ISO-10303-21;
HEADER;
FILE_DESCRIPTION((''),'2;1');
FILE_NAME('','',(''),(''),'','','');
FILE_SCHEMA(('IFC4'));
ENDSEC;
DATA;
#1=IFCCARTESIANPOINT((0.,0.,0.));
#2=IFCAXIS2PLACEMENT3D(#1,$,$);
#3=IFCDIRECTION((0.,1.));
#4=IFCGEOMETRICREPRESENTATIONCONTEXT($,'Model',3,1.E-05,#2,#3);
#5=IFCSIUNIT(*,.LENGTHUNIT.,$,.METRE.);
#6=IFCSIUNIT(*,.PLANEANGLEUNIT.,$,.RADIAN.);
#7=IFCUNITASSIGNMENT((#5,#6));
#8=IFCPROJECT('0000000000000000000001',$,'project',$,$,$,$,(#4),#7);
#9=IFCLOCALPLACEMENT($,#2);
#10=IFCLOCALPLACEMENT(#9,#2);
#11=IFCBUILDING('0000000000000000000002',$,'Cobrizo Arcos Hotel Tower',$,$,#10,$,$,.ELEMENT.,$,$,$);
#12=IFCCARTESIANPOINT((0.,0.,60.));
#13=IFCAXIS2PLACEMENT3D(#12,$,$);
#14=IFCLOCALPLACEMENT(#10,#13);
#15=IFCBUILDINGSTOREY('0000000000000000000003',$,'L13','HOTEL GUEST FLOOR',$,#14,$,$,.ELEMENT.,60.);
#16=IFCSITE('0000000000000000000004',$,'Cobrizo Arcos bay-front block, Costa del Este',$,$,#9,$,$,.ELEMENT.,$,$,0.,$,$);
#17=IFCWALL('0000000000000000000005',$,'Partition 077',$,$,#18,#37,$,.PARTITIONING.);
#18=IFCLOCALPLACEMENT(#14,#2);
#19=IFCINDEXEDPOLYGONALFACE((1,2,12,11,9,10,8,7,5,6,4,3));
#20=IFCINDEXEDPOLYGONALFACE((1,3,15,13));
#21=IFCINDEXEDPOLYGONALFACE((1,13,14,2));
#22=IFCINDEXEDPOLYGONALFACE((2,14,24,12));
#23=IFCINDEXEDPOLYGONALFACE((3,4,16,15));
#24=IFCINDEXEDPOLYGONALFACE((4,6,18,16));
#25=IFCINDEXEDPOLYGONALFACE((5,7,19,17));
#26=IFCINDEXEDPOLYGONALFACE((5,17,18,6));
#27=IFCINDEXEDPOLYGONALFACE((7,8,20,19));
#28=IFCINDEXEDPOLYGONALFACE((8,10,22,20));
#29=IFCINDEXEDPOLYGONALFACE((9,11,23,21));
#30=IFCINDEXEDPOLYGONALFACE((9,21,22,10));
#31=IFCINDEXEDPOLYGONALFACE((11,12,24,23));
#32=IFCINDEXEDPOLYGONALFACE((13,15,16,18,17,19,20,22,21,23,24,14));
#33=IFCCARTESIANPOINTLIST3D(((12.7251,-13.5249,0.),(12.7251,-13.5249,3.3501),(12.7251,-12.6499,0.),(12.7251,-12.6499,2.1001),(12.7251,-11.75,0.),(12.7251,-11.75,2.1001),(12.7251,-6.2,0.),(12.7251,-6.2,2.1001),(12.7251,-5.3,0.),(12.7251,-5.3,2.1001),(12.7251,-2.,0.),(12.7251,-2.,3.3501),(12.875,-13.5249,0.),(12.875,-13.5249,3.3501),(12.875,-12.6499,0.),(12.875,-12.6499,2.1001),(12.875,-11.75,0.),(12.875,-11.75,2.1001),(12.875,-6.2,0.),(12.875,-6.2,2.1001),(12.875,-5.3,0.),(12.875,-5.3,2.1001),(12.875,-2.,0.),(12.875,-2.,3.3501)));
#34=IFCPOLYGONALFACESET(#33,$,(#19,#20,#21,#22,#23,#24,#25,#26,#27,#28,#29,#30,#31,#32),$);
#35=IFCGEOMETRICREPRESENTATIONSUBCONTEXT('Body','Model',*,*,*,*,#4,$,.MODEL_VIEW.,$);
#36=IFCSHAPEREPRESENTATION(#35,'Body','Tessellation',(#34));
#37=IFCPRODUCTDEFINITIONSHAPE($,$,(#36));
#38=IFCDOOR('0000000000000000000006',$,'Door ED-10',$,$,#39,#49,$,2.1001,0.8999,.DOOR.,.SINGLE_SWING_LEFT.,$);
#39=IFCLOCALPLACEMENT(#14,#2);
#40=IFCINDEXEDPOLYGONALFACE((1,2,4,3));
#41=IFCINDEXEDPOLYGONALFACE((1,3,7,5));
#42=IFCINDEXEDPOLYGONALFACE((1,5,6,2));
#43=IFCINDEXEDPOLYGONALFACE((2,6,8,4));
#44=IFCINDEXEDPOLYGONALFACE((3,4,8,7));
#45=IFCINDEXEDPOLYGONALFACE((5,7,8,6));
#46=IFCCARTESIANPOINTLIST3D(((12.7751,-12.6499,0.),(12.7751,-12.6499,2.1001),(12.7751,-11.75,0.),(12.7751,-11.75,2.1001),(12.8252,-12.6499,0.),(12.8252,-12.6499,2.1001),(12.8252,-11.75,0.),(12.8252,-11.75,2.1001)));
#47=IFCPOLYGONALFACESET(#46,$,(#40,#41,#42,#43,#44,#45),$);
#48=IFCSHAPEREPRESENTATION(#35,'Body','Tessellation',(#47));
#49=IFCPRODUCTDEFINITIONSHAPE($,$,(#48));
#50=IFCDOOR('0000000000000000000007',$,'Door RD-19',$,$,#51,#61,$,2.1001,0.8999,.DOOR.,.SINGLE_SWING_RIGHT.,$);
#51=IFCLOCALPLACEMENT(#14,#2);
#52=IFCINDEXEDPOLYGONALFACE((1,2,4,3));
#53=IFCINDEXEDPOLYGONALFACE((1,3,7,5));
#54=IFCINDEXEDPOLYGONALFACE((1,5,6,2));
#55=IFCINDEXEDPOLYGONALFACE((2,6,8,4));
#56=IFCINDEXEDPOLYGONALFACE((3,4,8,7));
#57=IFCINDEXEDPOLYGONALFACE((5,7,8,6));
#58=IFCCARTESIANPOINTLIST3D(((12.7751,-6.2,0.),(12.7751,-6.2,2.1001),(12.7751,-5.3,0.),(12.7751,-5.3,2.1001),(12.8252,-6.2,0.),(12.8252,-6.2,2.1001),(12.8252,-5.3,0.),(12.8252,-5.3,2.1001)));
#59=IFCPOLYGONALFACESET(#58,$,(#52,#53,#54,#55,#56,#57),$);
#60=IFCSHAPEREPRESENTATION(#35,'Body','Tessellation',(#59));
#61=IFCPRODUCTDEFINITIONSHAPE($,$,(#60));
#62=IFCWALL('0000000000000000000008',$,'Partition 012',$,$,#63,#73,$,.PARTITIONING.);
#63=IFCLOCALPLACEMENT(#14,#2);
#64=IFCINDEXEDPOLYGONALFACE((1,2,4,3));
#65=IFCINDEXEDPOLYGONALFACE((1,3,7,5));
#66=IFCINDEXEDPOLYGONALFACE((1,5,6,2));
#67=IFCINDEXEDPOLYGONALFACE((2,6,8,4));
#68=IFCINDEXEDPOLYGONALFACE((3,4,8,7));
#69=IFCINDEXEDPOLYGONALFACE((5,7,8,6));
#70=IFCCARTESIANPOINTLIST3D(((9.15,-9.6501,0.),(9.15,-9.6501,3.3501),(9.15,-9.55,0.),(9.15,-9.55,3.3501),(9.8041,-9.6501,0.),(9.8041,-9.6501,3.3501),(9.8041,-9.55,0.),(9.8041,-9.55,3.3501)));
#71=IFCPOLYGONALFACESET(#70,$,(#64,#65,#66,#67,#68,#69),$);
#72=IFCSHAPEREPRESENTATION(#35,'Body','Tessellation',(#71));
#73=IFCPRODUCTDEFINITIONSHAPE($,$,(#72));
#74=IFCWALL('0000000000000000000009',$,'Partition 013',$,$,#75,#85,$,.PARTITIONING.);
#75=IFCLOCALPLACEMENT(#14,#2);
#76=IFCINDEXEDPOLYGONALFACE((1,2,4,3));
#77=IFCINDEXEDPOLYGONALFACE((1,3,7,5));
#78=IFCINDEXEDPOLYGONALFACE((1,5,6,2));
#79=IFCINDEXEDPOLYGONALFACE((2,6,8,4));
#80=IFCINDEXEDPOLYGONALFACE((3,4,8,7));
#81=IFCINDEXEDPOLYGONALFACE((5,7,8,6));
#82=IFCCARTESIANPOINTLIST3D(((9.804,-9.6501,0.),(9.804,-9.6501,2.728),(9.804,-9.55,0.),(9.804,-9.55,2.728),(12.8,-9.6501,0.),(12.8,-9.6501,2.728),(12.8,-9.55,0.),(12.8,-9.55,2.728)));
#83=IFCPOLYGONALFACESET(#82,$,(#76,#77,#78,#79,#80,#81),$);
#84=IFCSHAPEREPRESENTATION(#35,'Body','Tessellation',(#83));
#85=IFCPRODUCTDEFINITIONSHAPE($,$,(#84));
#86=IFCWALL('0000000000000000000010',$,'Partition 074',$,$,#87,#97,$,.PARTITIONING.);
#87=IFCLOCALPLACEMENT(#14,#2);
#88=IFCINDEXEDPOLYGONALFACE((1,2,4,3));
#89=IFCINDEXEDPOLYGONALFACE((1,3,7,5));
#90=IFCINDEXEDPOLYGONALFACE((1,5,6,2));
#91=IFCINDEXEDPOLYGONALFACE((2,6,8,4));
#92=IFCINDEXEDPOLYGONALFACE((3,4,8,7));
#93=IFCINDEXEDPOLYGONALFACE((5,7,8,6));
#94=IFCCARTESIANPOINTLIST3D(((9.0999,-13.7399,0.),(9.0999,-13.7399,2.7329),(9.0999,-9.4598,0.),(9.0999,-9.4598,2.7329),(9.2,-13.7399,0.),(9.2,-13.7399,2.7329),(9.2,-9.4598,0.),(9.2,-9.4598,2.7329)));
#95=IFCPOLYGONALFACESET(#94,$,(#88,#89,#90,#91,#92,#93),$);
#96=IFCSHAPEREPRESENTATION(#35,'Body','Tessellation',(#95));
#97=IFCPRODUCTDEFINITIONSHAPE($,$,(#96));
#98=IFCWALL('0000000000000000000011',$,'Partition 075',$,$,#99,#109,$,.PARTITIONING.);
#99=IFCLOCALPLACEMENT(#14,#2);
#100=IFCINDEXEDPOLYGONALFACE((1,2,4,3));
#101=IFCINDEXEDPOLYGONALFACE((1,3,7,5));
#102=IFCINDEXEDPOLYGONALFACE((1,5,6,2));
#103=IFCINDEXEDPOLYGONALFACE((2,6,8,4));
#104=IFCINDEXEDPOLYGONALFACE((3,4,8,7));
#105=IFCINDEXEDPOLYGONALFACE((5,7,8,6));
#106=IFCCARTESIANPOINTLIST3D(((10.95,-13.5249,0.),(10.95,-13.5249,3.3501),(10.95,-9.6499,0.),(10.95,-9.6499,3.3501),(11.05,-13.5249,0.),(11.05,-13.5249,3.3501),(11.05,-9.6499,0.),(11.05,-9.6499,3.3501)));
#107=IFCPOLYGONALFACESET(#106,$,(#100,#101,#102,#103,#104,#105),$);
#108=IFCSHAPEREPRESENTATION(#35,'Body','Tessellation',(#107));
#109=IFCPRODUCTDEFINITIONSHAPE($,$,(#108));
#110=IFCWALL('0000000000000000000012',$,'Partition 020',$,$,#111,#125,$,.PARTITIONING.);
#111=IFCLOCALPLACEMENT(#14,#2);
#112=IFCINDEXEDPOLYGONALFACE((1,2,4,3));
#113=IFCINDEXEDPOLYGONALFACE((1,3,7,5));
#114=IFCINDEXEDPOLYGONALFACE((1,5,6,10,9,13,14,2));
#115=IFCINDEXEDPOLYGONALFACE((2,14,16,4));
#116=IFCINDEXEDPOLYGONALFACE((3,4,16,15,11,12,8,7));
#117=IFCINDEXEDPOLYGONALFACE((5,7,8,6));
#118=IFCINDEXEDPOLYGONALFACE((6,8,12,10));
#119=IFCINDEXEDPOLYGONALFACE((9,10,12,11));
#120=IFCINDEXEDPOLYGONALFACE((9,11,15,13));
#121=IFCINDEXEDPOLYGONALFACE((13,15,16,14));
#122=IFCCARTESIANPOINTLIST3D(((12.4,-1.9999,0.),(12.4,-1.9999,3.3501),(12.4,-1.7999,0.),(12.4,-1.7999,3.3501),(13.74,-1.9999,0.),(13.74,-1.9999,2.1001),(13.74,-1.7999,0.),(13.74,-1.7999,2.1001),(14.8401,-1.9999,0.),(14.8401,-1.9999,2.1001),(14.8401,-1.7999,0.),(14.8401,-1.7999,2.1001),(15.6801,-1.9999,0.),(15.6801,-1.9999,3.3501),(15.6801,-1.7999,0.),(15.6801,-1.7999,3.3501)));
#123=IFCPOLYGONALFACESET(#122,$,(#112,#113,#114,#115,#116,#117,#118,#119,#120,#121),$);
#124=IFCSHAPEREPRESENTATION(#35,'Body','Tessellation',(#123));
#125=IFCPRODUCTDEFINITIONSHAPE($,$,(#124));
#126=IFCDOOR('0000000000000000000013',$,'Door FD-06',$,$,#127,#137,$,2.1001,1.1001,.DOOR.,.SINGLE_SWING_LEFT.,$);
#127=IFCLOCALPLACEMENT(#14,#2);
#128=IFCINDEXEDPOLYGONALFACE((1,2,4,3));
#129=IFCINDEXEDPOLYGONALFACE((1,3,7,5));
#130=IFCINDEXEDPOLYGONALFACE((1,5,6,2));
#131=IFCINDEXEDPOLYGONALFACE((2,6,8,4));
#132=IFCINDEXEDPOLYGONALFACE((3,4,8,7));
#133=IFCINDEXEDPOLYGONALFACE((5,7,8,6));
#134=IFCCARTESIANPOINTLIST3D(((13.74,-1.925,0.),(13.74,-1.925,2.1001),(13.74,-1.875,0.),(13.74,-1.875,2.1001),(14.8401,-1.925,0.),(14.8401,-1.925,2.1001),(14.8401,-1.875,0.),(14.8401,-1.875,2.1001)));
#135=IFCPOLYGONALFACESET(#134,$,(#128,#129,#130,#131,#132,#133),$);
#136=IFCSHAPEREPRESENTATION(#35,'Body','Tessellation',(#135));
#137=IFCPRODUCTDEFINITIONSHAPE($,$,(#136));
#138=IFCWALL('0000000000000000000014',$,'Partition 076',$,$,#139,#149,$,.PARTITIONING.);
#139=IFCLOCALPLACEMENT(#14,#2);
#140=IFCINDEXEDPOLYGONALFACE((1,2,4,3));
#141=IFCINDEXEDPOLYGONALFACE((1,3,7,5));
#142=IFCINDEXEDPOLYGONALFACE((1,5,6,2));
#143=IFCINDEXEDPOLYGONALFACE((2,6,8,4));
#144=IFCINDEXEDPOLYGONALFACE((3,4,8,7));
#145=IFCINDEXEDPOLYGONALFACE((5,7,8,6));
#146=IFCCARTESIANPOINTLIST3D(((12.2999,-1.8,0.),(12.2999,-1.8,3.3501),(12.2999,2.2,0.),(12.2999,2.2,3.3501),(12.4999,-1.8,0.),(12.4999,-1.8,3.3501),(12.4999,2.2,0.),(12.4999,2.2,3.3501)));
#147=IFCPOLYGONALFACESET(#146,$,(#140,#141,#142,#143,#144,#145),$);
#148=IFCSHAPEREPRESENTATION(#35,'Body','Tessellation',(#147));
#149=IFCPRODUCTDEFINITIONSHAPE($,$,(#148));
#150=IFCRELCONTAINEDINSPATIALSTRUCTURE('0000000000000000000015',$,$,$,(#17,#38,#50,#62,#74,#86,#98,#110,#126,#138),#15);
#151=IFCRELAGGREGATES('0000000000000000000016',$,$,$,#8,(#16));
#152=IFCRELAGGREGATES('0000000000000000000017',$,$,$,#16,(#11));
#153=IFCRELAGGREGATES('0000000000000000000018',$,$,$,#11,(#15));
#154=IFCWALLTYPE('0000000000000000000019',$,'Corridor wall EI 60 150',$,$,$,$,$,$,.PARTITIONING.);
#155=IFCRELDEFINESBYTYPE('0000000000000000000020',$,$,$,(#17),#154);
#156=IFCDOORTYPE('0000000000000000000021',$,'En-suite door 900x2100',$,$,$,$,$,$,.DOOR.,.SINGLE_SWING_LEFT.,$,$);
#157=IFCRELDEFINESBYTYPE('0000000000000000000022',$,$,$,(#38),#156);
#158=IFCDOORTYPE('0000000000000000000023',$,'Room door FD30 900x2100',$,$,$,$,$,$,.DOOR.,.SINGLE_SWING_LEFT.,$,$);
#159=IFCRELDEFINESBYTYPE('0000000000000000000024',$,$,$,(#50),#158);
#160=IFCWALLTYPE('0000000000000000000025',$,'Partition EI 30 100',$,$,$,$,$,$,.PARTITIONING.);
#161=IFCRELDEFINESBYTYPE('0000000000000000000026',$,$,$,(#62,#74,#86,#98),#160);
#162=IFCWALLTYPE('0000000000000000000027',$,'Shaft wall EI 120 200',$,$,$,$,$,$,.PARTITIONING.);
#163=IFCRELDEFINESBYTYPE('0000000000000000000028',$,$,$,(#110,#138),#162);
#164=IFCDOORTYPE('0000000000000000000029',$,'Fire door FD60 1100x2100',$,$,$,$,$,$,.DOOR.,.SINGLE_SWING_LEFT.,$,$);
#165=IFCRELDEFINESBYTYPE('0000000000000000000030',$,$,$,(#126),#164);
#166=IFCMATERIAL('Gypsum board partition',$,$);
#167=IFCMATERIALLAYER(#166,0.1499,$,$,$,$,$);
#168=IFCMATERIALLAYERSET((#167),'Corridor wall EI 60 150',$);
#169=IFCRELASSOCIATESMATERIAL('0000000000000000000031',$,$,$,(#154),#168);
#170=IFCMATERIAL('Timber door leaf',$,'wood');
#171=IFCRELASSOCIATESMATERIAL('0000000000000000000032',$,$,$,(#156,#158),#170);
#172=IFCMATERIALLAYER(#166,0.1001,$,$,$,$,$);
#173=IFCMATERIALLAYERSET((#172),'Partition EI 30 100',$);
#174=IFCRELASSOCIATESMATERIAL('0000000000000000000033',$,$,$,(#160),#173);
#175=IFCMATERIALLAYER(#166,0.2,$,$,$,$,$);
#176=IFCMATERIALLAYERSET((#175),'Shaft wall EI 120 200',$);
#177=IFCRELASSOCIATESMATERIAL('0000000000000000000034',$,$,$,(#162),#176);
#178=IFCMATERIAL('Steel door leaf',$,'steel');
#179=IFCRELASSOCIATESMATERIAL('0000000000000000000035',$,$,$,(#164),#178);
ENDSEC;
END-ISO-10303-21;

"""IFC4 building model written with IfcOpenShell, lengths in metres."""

from ifc_helpers import new_model, si_unit, direction, frame, frame_2d, origin, place, context, subcontext, project, spatial, rectangle, extrude, material, layer, layer_set, type_object, element, fill, save


model = new_model("IFC4")

# Units and contexts
model_context = context("Model", 3, precision=1e-05, world=origin(), true_north=direction((0.0, 1.0)))
body_context = subcontext(model_context, "Body", "Model", "MODEL_VIEW")
ifc_project = project(units=[si_unit("LENGTHUNIT", "METRE"), si_unit("PLANEANGLEUNIT", "RADIAN")], contexts=[model_context])

# Site, building, storey
site_placement = place(None, origin())
site = spatial("IfcSite", under=ifc_project, at=site_placement, Name="Cobrizo Arcos bay-front block, Costa del Este", CompositionType="ELEMENT", RefElevation=0.0)
building_placement = place(site_placement, origin())
building = spatial("IfcBuilding", under=site, at=building_placement, Name="Cobrizo Arcos Hotel Tower", CompositionType="ELEMENT")
storey_placement = place(building_placement, frame((0.0, 0.0, 60.0)))
storey = spatial("IfcBuildingStorey", under=building, at=storey_placement, Name="L13", Description="HOTEL GUEST FLOOR", CompositionType="ELEMENT", Elevation=60.0)

# Shared definitions
ifc_material_1 = material(Name="Gypsum board partition")
ifc_layer_1 = layer(ifc_material_1, 0.1499)
ifc_layer_set_1 = layer_set([ifc_layer_1], Name="Corridor wall EI 60 150")
wall_type_1 = type_object("IfcWallType", Name="Corridor wall EI 60 150", PredefinedType="PARTITIONING", material=ifc_layer_set_1)
ifc_material_2 = material(Name="Timber door leaf", Category="wood")
door_type_1 = type_object("IfcDoorType", Name="En-suite door 900x2100", OperationType="SINGLE_SWING_LEFT", PredefinedType="DOOR", material=ifc_material_2)

# Wall, openings, doors
wall_1_placement = place(storey_placement, frame((12.8, -13.5249, 0.0), z_axis=(0.0, 0.0, 1.0), x_axis=(0.0, 1.0, 0.0)))
wall_1 = element("IfcWall", 1, at=wall_1_placement, inside=storey, type_object=wall_type_1, Name="Partition 077", PredefinedType="PARTITIONING", context=body_context, shape_type="SweptSolid", body=[
    extrude(rectangle(XDim=11.5249, YDim=0.1499, at=frame_2d((5.7625, 0.0))), origin(), (0.0, 0.0, 1.0), 3.3501),
])
opening_1_placement = place(wall_1_placement, frame((0.875, 0.0, 0.0)))
opening_1 = element("IfcOpeningElement", 2, at=opening_1_placement, cuts=wall_1, PredefinedType="OPENING", context=body_context, shape_type="SweptSolid", body=[
    extrude(rectangle(XDim=0.8999, YDim=2.1001, at=frame_2d((0.45, 1.05))), frame((0.0, 0.0869, 0.0), z_axis=(0.0, -1.0, 0.0), x_axis=(1.0, 0.0, 0.0)), (0.0, 0.0, 1.0), 0.1738),
])
opening_2_placement = place(wall_1_placement, frame((7.325, 0.0, 0.0)))
opening_2 = element("IfcOpeningElement", 3, at=opening_2_placement, cuts=wall_1, PredefinedType="OPENING", context=body_context, shape_type="SweptSolid", body=[
    extrude(rectangle(XDim=0.8999, YDim=2.1001, at=frame_2d((0.45, 1.05))), frame((0.0, 0.0869, 0.0), z_axis=(0.0, -1.0, 0.0), x_axis=(1.0, 0.0, 0.0)), (0.0, 0.0, 1.0), 0.1738),
])
door_1_placement = place(opening_1_placement, origin())
door_1 = element("IfcDoor", 4, at=door_1_placement, inside=storey, type_object=door_type_1, Name="Door ED-10", OperationType="SINGLE_SWING_LEFT", OverallHeight=2.1001, OverallWidth=0.8999, PredefinedType="DOOR", context=body_context, shape_type="SweptSolid", body=[
    extrude(rectangle(XDim=0.8999, YDim=2.1001, at=frame_2d((0.45, 1.05))), frame((0.0, 0.0249, 0.0), z_axis=(0.0, -1.0, 0.0), x_axis=(1.0, 0.0, 0.0)), (0.0, 0.0, 1.0), 0.05),
])
fill(opening_1, door_1)
door_type_2 = type_object("IfcDoorType", Name="Room door FD30 900x2100", OperationType="SINGLE_SWING_LEFT", PredefinedType="DOOR", material=ifc_material_2)
door_2_placement = place(opening_2_placement, origin())
door_2 = element("IfcDoor", 5, at=door_2_placement, inside=storey, type_object=door_type_2, Name="Door RD-19", OperationType="SINGLE_SWING_RIGHT", OverallHeight=2.1001, OverallWidth=0.8999, PredefinedType="DOOR", context=body_context, shape_type="SweptSolid", body=[
    extrude(rectangle(XDim=0.8999, YDim=2.1001, at=frame_2d((0.45, 1.05))), frame((0.0, 0.0249, 0.0), z_axis=(0.0, -1.0, 0.0), x_axis=(1.0, 0.0, 0.0)), (0.0, 0.0, 1.0), 0.05),
])
fill(opening_2, door_2)

# Walls
ifc_layer_2 = layer(ifc_material_1, 0.1001)
ifc_layer_set_2 = layer_set([ifc_layer_2], Name="Partition EI 30 100")
wall_type_2 = type_object("IfcWallType", Name="Partition EI 30 100", PredefinedType="PARTITIONING", material=ifc_layer_set_2)
wall_2_placement = place(storey_placement, frame((9.1499, -9.6001, 0.0), z_axis=(0.0, 0.0, 1.0), x_axis=(1.0, 0.0, 0.0)))
element("IfcWall", 6, at=wall_2_placement, inside=storey, type_object=wall_type_2, Name="Partition 012", PredefinedType="PARTITIONING", context=body_context, shape_type="SweptSolid", body=[
    extrude(rectangle(XDim=0.6541, YDim=0.1001, at=frame_2d((0.3271, 0.0))), origin(), (0.0, 0.0, 1.0), 3.3501),
])
wall_3_placement = place(storey_placement, frame((9.804, -9.6001, 0.0), z_axis=(0.0, 0.0, 1.0), x_axis=(1.0, 0.0, 0.0)))
element("IfcWall", 7, at=wall_3_placement, inside=storey, type_object=wall_type_2, Name="Partition 013", PredefinedType="PARTITIONING", context=body_context, shape_type="SweptSolid", body=[
    extrude(rectangle(XDim=2.9961, YDim=0.1001, at=frame_2d((1.498, 0.0))), origin(), (0.0, 0.0, 1.0), 2.728),
])
wall_4_placement = place(storey_placement, frame((9.1499, -13.74, 0.0), z_axis=(0.0, 0.0, 1.0), x_axis=(0.0, 1.0, 0.0)))
element("IfcWall", 8, at=wall_4_placement, inside=storey, type_object=wall_type_2, Name="Partition 074", PredefinedType="PARTITIONING", context=body_context, shape_type="SweptSolid", body=[
    extrude(rectangle(XDim=4.28, YDim=0.1001, at=frame_2d((2.1401, 0.0))), origin(), (0.0, 0.0, 1.0), 2.7329),
])
wall_5_placement = place(storey_placement, frame((11.0, -13.5249, 0.0), z_axis=(0.0, 0.0, 1.0), x_axis=(0.0, 1.0, 0.0)))
element("IfcWall", 9, at=wall_5_placement, inside=storey, type_object=wall_type_2, Name="Partition 075", PredefinedType="PARTITIONING", context=body_context, shape_type="SweptSolid", body=[
    extrude(rectangle(XDim=3.875, YDim=0.1001, at=frame_2d((1.9375, 0.0))), origin(), (0.0, 0.0, 1.0), 3.3501),
])

# Wall, opening, door
ifc_layer_3 = layer(ifc_material_1, 0.2)
ifc_layer_set_3 = layer_set([ifc_layer_3], Name="Shaft wall EI 120 200")
wall_type_3 = type_object("IfcWallType", Name="Shaft wall EI 120 200", PredefinedType="PARTITIONING", material=ifc_layer_set_3)
wall_6_placement = place(storey_placement, frame((12.3999, -1.8999, 0.0), z_axis=(0.0, 0.0, 1.0), x_axis=(1.0, 0.0, 0.0)))
wall_6 = element("IfcWall", 10, at=wall_6_placement, inside=storey, type_object=wall_type_3, Name="Partition 020", PredefinedType="PARTITIONING", context=body_context, shape_type="SweptSolid", body=[
    extrude(rectangle(XDim=3.28, YDim=0.2, at=frame_2d((1.6401, 0.0))), origin(), (0.0, 0.0, 1.0), 3.3501),
])
opening_3_placement = place(wall_6_placement, frame((1.3401, 0.0, 0.0)))
opening_3 = element("IfcOpeningElement", 11, at=opening_3_placement, cuts=wall_6, PredefinedType="OPENING", context=body_context, shape_type="SweptSolid", body=[
    extrude(rectangle(XDim=1.1001, YDim=2.1001, at=frame_2d((0.55, 1.05))), frame((0.0, 0.1121, 0.0), z_axis=(0.0, -1.0, 0.0), x_axis=(1.0, 0.0, 0.0)), (0.0, 0.0, 1.0), 0.2239),
])
ifc_material_3 = material(Name="Steel door leaf", Category="steel")
door_type_3 = type_object("IfcDoorType", Name="Fire door FD60 1100x2100", OperationType="SINGLE_SWING_LEFT", PredefinedType="DOOR", material=ifc_material_3)
door_3_placement = place(opening_3_placement, origin())
door_3 = element("IfcDoor", 12, at=door_3_placement, inside=storey, type_object=door_type_3, Name="Door FD-06", OperationType="SINGLE_SWING_LEFT", OverallHeight=2.1001, OverallWidth=1.1001, PredefinedType="DOOR", context=body_context, shape_type="SweptSolid", body=[
    extrude(rectangle(XDim=1.1001, YDim=2.1001, at=frame_2d((0.55, 1.05))), frame((0.0, 0.0249, 0.0), z_axis=(0.0, -1.0, 0.0), x_axis=(1.0, 0.0, 0.0)), (0.0, 0.0, 1.0), 0.05),
])
fill(opening_3, door_3)

# Wall
wall_7_placement = place(storey_placement, frame((12.3999, -1.8, 0.0), z_axis=(0.0, 0.0, 1.0), x_axis=(0.0, 1.0, 0.0)))
element("IfcWall", 13, at=wall_7_placement, inside=storey, type_object=wall_type_3, Name="Partition 076", PredefinedType="PARTITIONING", context=body_context, shape_type="SweptSolid", body=[
    extrude(rectangle(XDim=4.0, YDim=0.2, at=frame_2d((2.0, 0.0))), origin(), (0.0, 0.0, 1.0), 3.3501),
])

save(model, "model.ifc")
